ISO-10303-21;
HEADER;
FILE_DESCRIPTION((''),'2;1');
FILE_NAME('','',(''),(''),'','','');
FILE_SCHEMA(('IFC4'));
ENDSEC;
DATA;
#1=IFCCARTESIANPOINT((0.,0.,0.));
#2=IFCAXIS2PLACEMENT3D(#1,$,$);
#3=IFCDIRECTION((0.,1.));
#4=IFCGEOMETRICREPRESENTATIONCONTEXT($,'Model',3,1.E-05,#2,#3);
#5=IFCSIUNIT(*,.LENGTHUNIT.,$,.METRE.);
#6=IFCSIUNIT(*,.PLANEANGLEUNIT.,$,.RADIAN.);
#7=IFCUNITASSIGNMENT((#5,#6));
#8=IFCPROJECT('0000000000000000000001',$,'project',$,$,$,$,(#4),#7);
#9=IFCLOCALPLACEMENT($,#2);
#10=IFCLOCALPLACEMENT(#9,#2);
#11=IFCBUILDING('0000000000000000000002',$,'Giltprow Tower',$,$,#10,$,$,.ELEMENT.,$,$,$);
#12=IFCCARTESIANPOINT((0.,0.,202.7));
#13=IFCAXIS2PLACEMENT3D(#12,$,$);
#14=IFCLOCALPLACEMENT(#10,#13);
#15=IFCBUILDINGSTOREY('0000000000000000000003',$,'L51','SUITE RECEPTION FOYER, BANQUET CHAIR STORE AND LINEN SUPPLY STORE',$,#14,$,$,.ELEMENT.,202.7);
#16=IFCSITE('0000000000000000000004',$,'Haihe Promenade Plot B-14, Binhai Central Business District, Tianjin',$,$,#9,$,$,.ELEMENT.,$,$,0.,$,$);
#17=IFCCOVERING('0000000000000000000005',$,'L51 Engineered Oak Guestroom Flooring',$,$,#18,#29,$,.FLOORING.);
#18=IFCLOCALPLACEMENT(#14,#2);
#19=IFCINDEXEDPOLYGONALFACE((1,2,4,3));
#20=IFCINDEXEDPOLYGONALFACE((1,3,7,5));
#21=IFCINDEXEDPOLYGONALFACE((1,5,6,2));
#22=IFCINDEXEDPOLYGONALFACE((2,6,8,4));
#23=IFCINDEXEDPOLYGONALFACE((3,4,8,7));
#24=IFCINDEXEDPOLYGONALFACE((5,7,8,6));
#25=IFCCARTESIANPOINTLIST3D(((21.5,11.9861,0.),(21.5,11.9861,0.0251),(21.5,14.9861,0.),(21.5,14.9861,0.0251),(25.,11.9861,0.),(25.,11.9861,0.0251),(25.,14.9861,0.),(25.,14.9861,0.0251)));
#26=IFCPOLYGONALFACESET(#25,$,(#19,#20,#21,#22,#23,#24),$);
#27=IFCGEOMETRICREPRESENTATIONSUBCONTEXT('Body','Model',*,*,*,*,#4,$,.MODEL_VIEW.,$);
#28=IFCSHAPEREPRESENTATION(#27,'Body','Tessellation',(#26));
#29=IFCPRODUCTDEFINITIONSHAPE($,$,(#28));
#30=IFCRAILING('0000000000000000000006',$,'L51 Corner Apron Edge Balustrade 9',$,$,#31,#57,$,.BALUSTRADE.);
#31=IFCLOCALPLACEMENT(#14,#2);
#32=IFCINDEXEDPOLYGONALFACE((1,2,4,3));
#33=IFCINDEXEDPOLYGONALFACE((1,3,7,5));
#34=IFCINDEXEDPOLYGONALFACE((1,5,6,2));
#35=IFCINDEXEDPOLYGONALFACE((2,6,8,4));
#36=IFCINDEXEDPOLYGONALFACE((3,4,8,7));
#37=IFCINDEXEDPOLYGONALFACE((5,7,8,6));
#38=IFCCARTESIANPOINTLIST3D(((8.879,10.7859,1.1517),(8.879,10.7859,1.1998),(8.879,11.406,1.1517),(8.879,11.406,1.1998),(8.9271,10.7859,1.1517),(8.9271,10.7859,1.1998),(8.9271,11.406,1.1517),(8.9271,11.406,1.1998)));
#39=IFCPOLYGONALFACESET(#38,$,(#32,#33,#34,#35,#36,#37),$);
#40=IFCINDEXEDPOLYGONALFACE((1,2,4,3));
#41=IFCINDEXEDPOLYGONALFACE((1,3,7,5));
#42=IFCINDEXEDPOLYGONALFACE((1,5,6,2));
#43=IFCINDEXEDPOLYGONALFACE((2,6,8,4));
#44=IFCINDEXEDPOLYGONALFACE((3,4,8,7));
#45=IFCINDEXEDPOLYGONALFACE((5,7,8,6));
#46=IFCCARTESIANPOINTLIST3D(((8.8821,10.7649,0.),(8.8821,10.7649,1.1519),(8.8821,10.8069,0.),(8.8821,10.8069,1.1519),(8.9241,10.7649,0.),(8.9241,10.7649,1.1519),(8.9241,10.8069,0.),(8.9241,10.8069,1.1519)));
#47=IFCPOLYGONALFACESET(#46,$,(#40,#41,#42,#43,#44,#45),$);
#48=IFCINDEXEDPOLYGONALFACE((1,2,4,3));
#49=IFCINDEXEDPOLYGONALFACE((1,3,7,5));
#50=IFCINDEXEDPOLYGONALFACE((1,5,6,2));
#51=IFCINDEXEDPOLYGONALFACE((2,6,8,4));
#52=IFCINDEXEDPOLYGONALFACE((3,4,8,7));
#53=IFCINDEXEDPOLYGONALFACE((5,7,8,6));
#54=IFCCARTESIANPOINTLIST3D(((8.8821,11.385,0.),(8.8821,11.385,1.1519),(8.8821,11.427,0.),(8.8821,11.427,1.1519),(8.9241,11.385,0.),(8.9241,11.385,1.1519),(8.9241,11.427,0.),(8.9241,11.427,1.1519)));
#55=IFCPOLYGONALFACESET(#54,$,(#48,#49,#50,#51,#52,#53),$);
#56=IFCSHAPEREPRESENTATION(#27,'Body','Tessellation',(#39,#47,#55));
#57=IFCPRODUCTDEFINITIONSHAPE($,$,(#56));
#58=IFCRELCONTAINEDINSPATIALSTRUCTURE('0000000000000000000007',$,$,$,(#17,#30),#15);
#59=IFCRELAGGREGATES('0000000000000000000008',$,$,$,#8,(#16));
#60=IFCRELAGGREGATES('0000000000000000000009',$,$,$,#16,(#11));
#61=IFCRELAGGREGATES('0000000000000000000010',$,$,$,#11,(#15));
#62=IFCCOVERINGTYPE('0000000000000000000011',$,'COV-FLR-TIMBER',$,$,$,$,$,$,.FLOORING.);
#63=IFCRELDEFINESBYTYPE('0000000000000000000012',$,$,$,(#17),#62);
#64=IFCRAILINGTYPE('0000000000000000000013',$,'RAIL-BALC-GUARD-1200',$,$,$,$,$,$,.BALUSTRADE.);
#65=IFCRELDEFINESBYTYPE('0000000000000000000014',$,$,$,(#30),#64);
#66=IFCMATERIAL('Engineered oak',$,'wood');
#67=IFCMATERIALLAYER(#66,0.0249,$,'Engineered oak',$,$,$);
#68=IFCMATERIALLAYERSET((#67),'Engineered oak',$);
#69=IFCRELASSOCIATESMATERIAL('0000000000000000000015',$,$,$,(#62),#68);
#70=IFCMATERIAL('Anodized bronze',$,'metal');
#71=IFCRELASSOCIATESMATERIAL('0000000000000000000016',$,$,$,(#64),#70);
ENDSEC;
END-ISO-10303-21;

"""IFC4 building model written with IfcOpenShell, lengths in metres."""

from ifc_helpers import new_model, si_unit, direction, frame, origin, origin_2d, place, context, subcontext, project, spatial, polyline, rectangle, outline, extrude, material, layer, layer_set, type_object, element, save


model = new_model("IFC4")

# Units and contexts
model_context = context("Model", 3, precision=1e-05, world=origin(), true_north=direction((0.0, 1.0)))
body_context = subcontext(model_context, "Body", "Model", "MODEL_VIEW")
ifc_project = project(units=[si_unit("LENGTHUNIT", "METRE"), si_unit("PLANEANGLEUNIT", "RADIAN")], contexts=[model_context])

# Site, building, storey
site_placement = place(None, origin())
site = spatial("IfcSite", under=ifc_project, at=site_placement, Name="Haihe Promenade Plot B-14, Binhai Central Business District, Tianjin", CompositionType="ELEMENT", RefElevation=0.0)
building_placement = place(site_placement, origin())
building = spatial("IfcBuilding", under=site, at=building_placement, Name="Giltprow Tower", CompositionType="ELEMENT")
storey_placement = place(building_placement, frame((0.0, 0.0, 202.7)))
storey = spatial("IfcBuildingStorey", under=building, at=storey_placement, Name="L51", Description="SUITE RECEPTION FOYER, BANQUET CHAIR STORE AND LINEN SUPPLY STORE", CompositionType="ELEMENT", Elevation=202.7)

# Shared definitions
ifc_material_1 = material(Name="Anodized bronze", Category="metal")

# Covering
ifc_material_2 = material(Name="Engineered oak", Category="wood")
ifc_layer_1 = layer(ifc_material_2, 0.0249, Name="Engineered oak")
ifc_layer_set_1 = layer_set([ifc_layer_1], Name="Engineered oak")
covering_type_1 = type_object("IfcCoveringType", Name="COV-FLR-TIMBER", PredefinedType="FLOORING", material=ifc_layer_set_1)
covering_1_placement = place(storey_placement, origin())
element("IfcCovering", 1, at=covering_1_placement, inside=storey, type_object=covering_type_1, Name="L51 Engineered Oak Guestroom Flooring", PredefinedType="FLOORING", context=body_context, shape_type="SweptSolid", body=[
    extrude(outline(polyline([(21.5, 11.9861), (25.0, 11.9861), (25.0, 14.9861), (21.5, 14.9861), (21.5, 11.9861)])), origin(), (0.0, 0.0, 1.0), 0.0251),
])

# Railing
railing_type = type_object("IfcRailingType", Name="RAIL-BALC-GUARD-1200", PredefinedType="BALUSTRADE", material=ifc_material_1)
railing_placement = place(storey_placement, frame((8.9031, 10.7859, 0.0)))
element("IfcRailing", 2, at=railing_placement, inside=storey, type_object=railing_type, Name="L51 Corner Apron Edge Balustrade 9", PredefinedType="BALUSTRADE", context=body_context, shape_type="SweptSolid", body=[
    extrude(rectangle(XDim=0.0481, YDim=0.0481, at=origin_2d()), frame((0.0, 0.0, 1.1758), z_axis=(0.0, 1.0, 0.0), x_axis=(-1.0, 0.0, 0.0)), (0.0, 0.0, 1.0), 0.6201),
    extrude(rectangle(XDim=0.042, YDim=0.042, at=origin_2d()), origin(), (0.0, 0.0, 1.0), 1.1519),
    extrude(rectangle(XDim=0.042, YDim=0.042, at=origin_2d()), frame((0.0, 0.6201, 0.0)), (0.0, 0.0, 1.0), 1.1519),
])

save(model, "model.ifc")
